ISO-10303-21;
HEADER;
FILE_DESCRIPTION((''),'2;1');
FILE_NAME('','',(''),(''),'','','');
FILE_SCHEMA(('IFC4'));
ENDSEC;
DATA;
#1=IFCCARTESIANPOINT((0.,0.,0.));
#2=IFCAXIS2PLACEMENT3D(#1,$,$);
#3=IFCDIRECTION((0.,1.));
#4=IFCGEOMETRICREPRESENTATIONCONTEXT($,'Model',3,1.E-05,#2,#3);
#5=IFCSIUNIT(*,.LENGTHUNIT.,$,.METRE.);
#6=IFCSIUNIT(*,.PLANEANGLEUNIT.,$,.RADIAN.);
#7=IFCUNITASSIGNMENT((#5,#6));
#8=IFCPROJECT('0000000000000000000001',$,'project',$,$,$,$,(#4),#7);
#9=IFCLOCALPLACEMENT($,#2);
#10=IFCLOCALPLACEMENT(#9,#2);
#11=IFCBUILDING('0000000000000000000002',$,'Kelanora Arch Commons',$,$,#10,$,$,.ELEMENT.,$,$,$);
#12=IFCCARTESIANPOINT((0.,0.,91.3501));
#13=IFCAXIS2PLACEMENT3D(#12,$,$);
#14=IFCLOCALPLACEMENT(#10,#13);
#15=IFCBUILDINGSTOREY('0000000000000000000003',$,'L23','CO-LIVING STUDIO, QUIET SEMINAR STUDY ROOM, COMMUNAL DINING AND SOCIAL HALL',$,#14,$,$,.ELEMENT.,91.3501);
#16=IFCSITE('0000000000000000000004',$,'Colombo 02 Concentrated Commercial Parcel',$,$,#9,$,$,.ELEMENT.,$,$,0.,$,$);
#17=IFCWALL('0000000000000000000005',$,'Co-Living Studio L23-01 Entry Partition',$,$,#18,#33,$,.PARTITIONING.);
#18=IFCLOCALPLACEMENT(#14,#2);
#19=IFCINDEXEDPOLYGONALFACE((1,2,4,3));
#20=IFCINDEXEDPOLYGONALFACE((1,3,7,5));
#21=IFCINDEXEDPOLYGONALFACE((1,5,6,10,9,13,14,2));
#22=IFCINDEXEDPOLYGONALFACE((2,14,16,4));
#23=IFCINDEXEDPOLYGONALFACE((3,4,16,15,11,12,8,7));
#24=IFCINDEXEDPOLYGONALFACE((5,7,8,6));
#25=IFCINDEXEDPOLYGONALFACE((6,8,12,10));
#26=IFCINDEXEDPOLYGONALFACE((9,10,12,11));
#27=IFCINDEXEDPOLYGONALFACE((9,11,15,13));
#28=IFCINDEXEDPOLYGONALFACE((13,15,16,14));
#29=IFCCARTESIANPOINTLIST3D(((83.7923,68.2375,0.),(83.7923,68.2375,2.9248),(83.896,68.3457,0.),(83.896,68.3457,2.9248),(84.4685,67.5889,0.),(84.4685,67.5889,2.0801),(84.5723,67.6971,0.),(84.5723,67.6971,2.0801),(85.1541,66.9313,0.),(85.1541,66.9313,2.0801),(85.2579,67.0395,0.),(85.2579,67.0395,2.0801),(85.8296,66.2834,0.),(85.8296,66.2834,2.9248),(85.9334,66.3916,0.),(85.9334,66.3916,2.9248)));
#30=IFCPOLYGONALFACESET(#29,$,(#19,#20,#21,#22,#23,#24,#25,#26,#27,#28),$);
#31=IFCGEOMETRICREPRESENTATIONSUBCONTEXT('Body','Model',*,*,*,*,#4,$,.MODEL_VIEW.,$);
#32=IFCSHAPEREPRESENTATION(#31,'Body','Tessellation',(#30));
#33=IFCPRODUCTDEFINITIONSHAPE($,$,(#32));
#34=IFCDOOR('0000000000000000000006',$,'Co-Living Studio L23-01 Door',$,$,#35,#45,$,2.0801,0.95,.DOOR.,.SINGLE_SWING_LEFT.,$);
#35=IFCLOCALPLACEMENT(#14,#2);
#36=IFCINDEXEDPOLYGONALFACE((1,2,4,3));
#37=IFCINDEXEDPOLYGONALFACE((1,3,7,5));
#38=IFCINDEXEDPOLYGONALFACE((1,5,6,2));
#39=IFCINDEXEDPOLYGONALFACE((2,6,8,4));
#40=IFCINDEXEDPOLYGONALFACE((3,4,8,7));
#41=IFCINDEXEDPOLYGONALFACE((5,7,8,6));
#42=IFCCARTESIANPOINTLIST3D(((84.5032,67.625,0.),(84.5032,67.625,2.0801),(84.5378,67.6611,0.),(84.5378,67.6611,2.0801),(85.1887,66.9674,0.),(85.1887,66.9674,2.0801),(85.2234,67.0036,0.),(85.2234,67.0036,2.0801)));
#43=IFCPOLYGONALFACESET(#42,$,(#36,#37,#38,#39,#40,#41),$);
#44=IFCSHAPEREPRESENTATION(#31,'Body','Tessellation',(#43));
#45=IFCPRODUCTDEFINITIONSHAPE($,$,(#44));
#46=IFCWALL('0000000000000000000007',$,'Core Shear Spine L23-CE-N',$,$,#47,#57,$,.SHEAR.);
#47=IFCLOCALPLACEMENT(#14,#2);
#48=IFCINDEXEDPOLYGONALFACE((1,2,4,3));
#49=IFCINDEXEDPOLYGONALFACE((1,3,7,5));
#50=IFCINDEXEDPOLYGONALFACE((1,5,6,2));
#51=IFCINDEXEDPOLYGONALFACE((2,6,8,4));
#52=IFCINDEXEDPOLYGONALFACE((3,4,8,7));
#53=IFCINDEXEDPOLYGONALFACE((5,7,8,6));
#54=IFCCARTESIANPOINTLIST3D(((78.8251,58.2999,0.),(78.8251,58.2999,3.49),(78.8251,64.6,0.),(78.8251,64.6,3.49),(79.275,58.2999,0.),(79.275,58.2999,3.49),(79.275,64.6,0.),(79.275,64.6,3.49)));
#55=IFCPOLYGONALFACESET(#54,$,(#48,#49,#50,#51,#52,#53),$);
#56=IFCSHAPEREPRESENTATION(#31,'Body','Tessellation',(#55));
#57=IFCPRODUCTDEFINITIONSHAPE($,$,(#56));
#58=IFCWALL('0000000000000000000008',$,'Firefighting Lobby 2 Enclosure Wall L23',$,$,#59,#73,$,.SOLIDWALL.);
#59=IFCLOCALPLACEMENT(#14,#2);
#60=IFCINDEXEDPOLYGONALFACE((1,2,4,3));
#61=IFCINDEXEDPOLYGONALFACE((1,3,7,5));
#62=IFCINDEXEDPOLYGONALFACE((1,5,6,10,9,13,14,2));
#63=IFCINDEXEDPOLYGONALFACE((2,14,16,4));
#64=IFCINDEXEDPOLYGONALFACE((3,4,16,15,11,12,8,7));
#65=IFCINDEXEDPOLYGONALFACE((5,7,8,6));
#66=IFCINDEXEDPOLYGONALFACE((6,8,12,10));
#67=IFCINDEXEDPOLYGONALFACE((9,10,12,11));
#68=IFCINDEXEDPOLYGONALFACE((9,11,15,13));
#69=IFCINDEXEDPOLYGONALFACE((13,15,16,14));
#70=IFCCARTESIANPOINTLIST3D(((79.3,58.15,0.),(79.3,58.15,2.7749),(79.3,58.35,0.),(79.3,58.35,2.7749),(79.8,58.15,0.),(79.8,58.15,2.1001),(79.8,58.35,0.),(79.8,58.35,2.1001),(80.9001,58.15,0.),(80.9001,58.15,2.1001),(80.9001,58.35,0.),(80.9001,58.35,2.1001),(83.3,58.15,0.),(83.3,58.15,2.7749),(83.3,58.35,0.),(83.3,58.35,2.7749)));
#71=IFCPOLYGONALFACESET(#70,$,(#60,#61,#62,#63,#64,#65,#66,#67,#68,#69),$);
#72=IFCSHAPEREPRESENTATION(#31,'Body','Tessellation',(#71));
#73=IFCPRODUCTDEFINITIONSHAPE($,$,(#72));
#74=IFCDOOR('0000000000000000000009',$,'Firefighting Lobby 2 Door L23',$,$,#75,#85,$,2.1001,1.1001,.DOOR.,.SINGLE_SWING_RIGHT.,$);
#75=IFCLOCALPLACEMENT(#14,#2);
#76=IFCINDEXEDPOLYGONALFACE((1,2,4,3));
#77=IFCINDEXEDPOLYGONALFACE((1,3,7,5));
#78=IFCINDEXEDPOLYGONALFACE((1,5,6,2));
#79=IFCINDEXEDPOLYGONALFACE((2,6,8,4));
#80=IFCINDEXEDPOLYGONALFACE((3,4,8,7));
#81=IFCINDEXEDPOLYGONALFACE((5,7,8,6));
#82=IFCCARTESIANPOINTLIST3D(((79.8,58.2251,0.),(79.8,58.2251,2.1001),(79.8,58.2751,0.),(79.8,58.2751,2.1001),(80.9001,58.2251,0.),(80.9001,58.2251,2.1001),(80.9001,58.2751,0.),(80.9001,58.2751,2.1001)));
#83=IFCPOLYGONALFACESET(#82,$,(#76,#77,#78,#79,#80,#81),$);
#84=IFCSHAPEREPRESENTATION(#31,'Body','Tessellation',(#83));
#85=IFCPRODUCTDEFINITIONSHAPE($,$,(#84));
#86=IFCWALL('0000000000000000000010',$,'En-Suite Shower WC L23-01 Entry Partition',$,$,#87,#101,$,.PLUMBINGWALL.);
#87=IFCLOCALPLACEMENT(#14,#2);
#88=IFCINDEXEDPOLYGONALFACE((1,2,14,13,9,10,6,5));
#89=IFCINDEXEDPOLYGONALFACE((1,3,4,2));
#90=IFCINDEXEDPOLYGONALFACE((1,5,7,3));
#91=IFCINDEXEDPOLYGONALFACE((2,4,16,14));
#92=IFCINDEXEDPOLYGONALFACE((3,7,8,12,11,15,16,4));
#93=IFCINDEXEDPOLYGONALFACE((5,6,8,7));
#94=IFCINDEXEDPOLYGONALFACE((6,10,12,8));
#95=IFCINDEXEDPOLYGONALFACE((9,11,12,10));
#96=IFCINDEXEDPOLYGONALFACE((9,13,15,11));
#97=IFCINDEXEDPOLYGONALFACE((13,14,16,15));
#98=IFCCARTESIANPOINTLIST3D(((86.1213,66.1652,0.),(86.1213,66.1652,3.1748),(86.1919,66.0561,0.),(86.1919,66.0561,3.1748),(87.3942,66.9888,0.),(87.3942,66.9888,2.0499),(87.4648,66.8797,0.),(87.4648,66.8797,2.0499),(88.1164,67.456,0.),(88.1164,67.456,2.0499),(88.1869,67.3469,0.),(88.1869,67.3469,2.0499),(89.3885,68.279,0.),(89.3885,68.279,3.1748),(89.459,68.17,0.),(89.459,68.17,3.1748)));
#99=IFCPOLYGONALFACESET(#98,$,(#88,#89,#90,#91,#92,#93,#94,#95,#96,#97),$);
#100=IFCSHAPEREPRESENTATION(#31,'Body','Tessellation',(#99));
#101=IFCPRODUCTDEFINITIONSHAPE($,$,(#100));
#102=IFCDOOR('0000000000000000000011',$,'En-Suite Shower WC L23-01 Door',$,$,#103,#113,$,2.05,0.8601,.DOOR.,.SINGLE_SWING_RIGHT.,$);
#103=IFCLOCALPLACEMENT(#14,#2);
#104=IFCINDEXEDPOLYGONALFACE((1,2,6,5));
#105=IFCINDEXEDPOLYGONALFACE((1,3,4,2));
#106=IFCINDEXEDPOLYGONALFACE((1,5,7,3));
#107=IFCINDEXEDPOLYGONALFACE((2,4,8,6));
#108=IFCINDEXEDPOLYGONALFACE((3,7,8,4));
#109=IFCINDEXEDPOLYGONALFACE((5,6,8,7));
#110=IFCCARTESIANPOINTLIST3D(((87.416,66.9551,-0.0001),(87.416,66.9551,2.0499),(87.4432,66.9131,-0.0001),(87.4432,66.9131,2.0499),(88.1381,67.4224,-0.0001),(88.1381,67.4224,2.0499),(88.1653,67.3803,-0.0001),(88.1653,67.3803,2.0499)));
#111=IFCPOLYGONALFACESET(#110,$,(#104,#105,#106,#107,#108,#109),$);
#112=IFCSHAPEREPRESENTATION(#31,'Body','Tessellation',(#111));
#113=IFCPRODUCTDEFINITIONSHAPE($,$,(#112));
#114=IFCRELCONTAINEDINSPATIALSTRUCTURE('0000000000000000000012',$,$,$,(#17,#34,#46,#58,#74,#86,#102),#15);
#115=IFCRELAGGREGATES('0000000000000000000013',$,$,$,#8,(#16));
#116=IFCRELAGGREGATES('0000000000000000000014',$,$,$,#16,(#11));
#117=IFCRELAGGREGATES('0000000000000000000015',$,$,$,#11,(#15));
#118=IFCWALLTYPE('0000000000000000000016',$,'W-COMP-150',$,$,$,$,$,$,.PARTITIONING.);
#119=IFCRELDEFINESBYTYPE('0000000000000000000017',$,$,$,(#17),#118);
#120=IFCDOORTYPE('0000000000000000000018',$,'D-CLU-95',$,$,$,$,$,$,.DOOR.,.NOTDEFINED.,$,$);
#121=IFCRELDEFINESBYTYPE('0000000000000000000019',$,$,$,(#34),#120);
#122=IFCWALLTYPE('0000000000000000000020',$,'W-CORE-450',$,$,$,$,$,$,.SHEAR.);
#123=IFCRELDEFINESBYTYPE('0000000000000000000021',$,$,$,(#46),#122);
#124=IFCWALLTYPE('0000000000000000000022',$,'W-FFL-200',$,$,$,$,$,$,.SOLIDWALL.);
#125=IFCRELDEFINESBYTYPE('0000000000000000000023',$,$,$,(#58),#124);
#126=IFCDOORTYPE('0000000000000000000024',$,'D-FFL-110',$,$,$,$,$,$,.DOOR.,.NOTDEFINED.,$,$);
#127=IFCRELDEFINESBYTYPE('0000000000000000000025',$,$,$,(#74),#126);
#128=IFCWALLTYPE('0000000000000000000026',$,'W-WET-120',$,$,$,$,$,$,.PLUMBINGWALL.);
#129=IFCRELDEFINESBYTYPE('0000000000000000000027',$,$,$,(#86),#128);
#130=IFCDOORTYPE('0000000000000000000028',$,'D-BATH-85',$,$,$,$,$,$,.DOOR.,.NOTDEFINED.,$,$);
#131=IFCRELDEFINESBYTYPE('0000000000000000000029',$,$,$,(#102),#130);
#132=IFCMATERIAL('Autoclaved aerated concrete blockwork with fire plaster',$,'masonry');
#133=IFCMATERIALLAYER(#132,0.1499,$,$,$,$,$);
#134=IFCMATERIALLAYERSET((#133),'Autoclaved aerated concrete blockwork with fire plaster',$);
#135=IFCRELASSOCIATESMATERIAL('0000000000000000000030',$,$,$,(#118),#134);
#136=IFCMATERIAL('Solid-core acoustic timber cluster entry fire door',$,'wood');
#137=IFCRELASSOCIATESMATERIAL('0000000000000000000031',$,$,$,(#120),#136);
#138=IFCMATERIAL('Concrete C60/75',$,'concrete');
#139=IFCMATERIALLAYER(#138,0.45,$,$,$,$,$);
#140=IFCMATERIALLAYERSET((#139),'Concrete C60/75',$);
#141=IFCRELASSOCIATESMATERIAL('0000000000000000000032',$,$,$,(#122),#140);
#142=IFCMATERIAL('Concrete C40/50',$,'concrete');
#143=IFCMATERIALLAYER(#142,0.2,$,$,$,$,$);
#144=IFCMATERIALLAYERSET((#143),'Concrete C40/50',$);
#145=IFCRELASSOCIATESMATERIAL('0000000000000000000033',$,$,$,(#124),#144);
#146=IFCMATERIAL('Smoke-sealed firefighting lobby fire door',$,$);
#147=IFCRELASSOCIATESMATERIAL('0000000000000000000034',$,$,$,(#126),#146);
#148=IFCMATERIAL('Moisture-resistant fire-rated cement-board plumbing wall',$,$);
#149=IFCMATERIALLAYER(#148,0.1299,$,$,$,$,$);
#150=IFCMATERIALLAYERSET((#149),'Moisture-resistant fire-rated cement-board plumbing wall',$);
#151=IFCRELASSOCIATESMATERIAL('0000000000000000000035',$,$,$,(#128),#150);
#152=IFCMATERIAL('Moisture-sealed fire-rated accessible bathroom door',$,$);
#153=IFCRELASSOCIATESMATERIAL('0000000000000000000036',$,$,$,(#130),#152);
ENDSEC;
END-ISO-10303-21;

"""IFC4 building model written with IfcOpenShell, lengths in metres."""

from ifc_helpers import new_model, si_unit, direction, frame, frame_2d, origin, place, context, subcontext, project, spatial, rectangle, extrude, material, layer, layer_set, type_object, element, fill, save


model = new_model("IFC4")

# Units and contexts
model_context = context("Model", 3, precision=1e-05, world=origin(), true_north=direction((0.0, 1.0)))
body_context = subcontext(model_context, "Body", "Model", "MODEL_VIEW")
ifc_project = project(units=[si_unit("LENGTHUNIT", "METRE"), si_unit("PLANEANGLEUNIT", "RADIAN")], contexts=[model_context])

# Site, building, storey
site_placement = place(None, origin())
site = spatial("IfcSite", under=ifc_project, at=site_placement, Name="Colombo 02 Concentrated Commercial Parcel", CompositionType="ELEMENT", RefElevation=0.0)
building_placement = place(site_placement, origin())
building = spatial("IfcBuilding", under=site, at=building_placement, Name="Kelanora Arch Commons", CompositionType="ELEMENT")
storey_placement = place(building_placement, frame((0.0, 0.0, 91.3501)))
storey = spatial("IfcBuildingStorey", under=building, at=storey_placement, Name="L23", Description="CO-LIVING STUDIO, QUIET SEMINAR STUDY ROOM, COMMUNAL DINING AND SOCIAL HALL", CompositionType="ELEMENT", Elevation=91.3501)

# Shared definitions
ifc_material_1 = material(Name="Concrete C60/75", Category="concrete")

# Shared definitions
ifc_material_2 = material(Name="Autoclaved aerated concrete blockwork with fire plaster", Category="masonry")
ifc_layer_1 = layer(ifc_material_2, 0.1499)
ifc_layer_set_1 = layer_set([ifc_layer_1], Name="Autoclaved aerated concrete blockwork with fire plaster")
wall_type_1 = type_object("IfcWallType", Name="W-COMP-150", PredefinedType="PARTITIONING", material=ifc_layer_set_1)

# Wall, opening, door
wall_1_placement = place(storey_placement, frame((85.8816, 66.3374, 0.0), z_axis=(0.0, 0.0, 1.0), x_axis=(-0.721698, 0.692208, 0.0)))
wall_1 = element("IfcWall", 1, at=wall_1_placement, inside=storey, type_object=wall_type_1, Name="Co-Living Studio L23-01 Entry Partition", PredefinedType="PARTITIONING", context=body_context, shape_type="SweptSolid", body=[
    extrude(rectangle(XDim=2.823, YDim=0.1499, at=frame_2d((1.4116, 0.0))), origin(), (0.0, 0.0, 1.0), 2.9248),
])
opening_1_placement = place(wall_1_placement, frame((0.936, 0.0, 0.0)))
opening_1 = element("IfcOpeningElement", 2, at=opening_1_placement, cuts=wall_1, PredefinedType="OPENING", context=body_context, shape_type="SweptSolid", body=[
    extrude(rectangle(XDim=0.95, YDim=2.0801, at=frame_2d((0.4751, 1.04))), frame((0.0, 0.085, 0.0), z_axis=(0.0, -1.0, 0.0), x_axis=(1.0, 0.0, 0.0)), (0.0, 0.0, 1.0), 0.1699),
])
ifc_material_3 = material(Name="Solid-core acoustic timber cluster entry fire door", Category="wood")
door_type_1 = type_object("IfcDoorType", Name="D-CLU-95", OperationType="NOTDEFINED", PredefinedType="DOOR", material=ifc_material_3)
door_1_placement = place(opening_1_placement, origin())
door_1 = element("IfcDoor", 3, at=door_1_placement, inside=storey, type_object=door_type_1, Name="Co-Living Studio L23-01 Door", OperationType="SINGLE_SWING_LEFT", OverallHeight=2.0801, OverallWidth=0.95, PredefinedType="DOOR", context=body_context, shape_type="SweptSolid", body=[
    extrude(rectangle(XDim=0.95, YDim=2.0801, at=frame_2d((0.4751, 1.04))), frame((0.0, 0.0249, 0.0), z_axis=(0.0, -1.0, 0.0), x_axis=(1.0, 0.0, 0.0)), (0.0, 0.0, 1.0), 0.05),
])
fill(opening_1, door_1)

# Wall
ifc_layer_2 = layer(ifc_material_1, 0.45)
ifc_layer_set_2 = layer_set([ifc_layer_2], Name="Concrete C60/75")
wall_type_2 = type_object("IfcWallType", Name="W-CORE-450", PredefinedType="SHEAR", material=ifc_layer_set_2)
wall_2_placement = place(storey_placement, frame((79.05, 58.3, 0.0), z_axis=(0.0, 0.0, 1.0), x_axis=(0.0, 1.0, 0.0)))
element("IfcWall", 4, at=wall_2_placement, inside=storey, type_object=wall_type_2, Name="Core Shear Spine L23-CE-N", PredefinedType="SHEAR", context=body_context, shape_type="SweptSolid", body=[
    extrude(rectangle(XDim=6.3, YDim=0.45, at=frame_2d((3.1499, 0.0))), origin(), (0.0, 0.0, 1.0), 3.49),
])

# Walls, openings, doors
ifc_material_4 = material(Name="Concrete C40/50", Category="concrete")
ifc_layer_3 = layer(ifc_material_4, 0.2)
ifc_layer_set_3 = layer_set([ifc_layer_3], Name="Concrete C40/50")
wall_type_3 = type_object("IfcWallType", Name="W-FFL-200", PredefinedType="SOLIDWALL", material=ifc_layer_set_3)
wall_3_placement = place(storey_placement, frame((79.3, 58.25, 0.0), z_axis=(0.0, 0.0, 1.0), x_axis=(1.0, 0.0, 0.0)))
wall_3 = element("IfcWall", 5, at=wall_3_placement, inside=storey, type_object=wall_type_3, Name="Firefighting Lobby 2 Enclosure Wall L23", PredefinedType="SOLIDWALL", context=body_context, shape_type="SweptSolid", body=[
    extrude(rectangle(XDim=4.0, YDim=0.2, at=frame_2d((2.0, 0.0))), origin(), (0.0, 0.0, 1.0), 2.7749),
])
opening_2_placement = place(wall_3_placement, frame((0.5, 0.0, 0.0)))
opening_2 = element("IfcOpeningElement", 6, at=opening_2_placement, cuts=wall_3, PredefinedType="OPENING", context=body_context, shape_type="SweptSolid", body=[
    extrude(rectangle(XDim=1.1001, YDim=2.1001, at=frame_2d((0.55, 1.05))), frame((0.0, 0.1099, 0.0), z_axis=(0.0, -1.0, 0.0), x_axis=(1.0, 0.0, 0.0)), (0.0, 0.0, 1.0), 0.22),
])
ifc_material_5 = material(Name="Smoke-sealed firefighting lobby fire door")
door_type_2 = type_object("IfcDoorType", Name="D-FFL-110", OperationType="NOTDEFINED", PredefinedType="DOOR", material=ifc_material_5)
door_2_placement = place(opening_2_placement, frame((1.1001, 0.0, 0.0), z_axis=(0.0, 0.0, 1.0), x_axis=(-1.0, 0.0, 0.0)))
door_2 = element("IfcDoor", 7, at=door_2_placement, inside=storey, type_object=door_type_2, Name="Firefighting Lobby 2 Door L23", OperationType="SINGLE_SWING_RIGHT", OverallHeight=2.1001, OverallWidth=1.1001, PredefinedType="DOOR", context=body_context, shape_type="SweptSolid", body=[
    extrude(rectangle(XDim=1.1001, YDim=2.1001, at=frame_2d((0.55, 1.05))), frame((0.0, 0.0249, 0.0), z_axis=(0.0, -1.0, 0.0), x_axis=(1.0, 0.0, 0.0)), (0.0, 0.0, 1.0), 0.05),
])
fill(opening_2, door_2)
ifc_material_6 = material(Name="Moisture-resistant fire-rated cement-board plumbing wall")
ifc_layer_4 = layer(ifc_material_6, 0.1299)
ifc_layer_set_4 = layer_set([ifc_layer_4], Name="Moisture-resistant fire-rated cement-board plumbing wall")
wall_type_4 = type_object("IfcWallType", Name="W-WET-120", PredefinedType="PLUMBINGWALL", material=ifc_layer_set_4)
wall_4_placement = place(storey_placement, frame((86.1565, 66.1106, 0.0), z_axis=(0.0, 0.0, 1.0), x_axis=(0.839597, 0.54321, 0.0)))
wall_4 = element("IfcWall", 8, at=wall_4_placement, inside=storey, type_object=wall_type_4, Name="En-Suite Shower WC L23-01 Entry Partition", PredefinedType="PLUMBINGWALL", context=body_context, shape_type="SweptSolid", body=[
    extrude(rectangle(XDim=3.8914, YDim=0.1299, at=frame_2d((1.9458, 0.0))), origin(), (0.0, 0.0, 1.0), 3.1748),
])
opening_3_placement = place(wall_4_placement, frame((1.5161, 0.0, 0.0)))
opening_3 = element("IfcOpeningElement", 9, at=opening_3_placement, cuts=wall_4, PredefinedType="OPENING", context=body_context, shape_type="SweptSolid", body=[
    extrude(rectangle(XDim=0.8601, YDim=2.05, at=frame_2d((0.4302, 1.0249))), frame((0.0, 0.075, 0.0), z_axis=(0.0, -1.0, 0.0), x_axis=(1.0, 0.0, 0.0)), (0.0, 0.0, 1.0), 0.1499),
])
ifc_material_7 = material(Name="Moisture-sealed fire-rated accessible bathroom door")
door_type_3 = type_object("IfcDoorType", Name="D-BATH-85", OperationType="NOTDEFINED", PredefinedType="DOOR", material=ifc_material_7)
door_3_placement = place(opening_3_placement, origin())
door_3 = element("IfcDoor", 10, at=door_3_placement, inside=storey, type_object=door_type_3, Name="En-Suite Shower WC L23-01 Door", OperationType="SINGLE_SWING_RIGHT", OverallHeight=2.05, OverallWidth=0.8601, PredefinedType="DOOR", context=body_context, shape_type="SweptSolid", body=[
    extrude(rectangle(XDim=0.8601, YDim=2.05, at=frame_2d((0.4302, 1.0249))), frame((0.0, 0.0249, 0.0), z_axis=(0.0, -1.0, 0.0), x_axis=(1.0, 0.0, 0.0)), (0.0, 0.0, 1.0), 0.05),
])
fill(opening_3, door_3)

save(model, "model.ifc")
